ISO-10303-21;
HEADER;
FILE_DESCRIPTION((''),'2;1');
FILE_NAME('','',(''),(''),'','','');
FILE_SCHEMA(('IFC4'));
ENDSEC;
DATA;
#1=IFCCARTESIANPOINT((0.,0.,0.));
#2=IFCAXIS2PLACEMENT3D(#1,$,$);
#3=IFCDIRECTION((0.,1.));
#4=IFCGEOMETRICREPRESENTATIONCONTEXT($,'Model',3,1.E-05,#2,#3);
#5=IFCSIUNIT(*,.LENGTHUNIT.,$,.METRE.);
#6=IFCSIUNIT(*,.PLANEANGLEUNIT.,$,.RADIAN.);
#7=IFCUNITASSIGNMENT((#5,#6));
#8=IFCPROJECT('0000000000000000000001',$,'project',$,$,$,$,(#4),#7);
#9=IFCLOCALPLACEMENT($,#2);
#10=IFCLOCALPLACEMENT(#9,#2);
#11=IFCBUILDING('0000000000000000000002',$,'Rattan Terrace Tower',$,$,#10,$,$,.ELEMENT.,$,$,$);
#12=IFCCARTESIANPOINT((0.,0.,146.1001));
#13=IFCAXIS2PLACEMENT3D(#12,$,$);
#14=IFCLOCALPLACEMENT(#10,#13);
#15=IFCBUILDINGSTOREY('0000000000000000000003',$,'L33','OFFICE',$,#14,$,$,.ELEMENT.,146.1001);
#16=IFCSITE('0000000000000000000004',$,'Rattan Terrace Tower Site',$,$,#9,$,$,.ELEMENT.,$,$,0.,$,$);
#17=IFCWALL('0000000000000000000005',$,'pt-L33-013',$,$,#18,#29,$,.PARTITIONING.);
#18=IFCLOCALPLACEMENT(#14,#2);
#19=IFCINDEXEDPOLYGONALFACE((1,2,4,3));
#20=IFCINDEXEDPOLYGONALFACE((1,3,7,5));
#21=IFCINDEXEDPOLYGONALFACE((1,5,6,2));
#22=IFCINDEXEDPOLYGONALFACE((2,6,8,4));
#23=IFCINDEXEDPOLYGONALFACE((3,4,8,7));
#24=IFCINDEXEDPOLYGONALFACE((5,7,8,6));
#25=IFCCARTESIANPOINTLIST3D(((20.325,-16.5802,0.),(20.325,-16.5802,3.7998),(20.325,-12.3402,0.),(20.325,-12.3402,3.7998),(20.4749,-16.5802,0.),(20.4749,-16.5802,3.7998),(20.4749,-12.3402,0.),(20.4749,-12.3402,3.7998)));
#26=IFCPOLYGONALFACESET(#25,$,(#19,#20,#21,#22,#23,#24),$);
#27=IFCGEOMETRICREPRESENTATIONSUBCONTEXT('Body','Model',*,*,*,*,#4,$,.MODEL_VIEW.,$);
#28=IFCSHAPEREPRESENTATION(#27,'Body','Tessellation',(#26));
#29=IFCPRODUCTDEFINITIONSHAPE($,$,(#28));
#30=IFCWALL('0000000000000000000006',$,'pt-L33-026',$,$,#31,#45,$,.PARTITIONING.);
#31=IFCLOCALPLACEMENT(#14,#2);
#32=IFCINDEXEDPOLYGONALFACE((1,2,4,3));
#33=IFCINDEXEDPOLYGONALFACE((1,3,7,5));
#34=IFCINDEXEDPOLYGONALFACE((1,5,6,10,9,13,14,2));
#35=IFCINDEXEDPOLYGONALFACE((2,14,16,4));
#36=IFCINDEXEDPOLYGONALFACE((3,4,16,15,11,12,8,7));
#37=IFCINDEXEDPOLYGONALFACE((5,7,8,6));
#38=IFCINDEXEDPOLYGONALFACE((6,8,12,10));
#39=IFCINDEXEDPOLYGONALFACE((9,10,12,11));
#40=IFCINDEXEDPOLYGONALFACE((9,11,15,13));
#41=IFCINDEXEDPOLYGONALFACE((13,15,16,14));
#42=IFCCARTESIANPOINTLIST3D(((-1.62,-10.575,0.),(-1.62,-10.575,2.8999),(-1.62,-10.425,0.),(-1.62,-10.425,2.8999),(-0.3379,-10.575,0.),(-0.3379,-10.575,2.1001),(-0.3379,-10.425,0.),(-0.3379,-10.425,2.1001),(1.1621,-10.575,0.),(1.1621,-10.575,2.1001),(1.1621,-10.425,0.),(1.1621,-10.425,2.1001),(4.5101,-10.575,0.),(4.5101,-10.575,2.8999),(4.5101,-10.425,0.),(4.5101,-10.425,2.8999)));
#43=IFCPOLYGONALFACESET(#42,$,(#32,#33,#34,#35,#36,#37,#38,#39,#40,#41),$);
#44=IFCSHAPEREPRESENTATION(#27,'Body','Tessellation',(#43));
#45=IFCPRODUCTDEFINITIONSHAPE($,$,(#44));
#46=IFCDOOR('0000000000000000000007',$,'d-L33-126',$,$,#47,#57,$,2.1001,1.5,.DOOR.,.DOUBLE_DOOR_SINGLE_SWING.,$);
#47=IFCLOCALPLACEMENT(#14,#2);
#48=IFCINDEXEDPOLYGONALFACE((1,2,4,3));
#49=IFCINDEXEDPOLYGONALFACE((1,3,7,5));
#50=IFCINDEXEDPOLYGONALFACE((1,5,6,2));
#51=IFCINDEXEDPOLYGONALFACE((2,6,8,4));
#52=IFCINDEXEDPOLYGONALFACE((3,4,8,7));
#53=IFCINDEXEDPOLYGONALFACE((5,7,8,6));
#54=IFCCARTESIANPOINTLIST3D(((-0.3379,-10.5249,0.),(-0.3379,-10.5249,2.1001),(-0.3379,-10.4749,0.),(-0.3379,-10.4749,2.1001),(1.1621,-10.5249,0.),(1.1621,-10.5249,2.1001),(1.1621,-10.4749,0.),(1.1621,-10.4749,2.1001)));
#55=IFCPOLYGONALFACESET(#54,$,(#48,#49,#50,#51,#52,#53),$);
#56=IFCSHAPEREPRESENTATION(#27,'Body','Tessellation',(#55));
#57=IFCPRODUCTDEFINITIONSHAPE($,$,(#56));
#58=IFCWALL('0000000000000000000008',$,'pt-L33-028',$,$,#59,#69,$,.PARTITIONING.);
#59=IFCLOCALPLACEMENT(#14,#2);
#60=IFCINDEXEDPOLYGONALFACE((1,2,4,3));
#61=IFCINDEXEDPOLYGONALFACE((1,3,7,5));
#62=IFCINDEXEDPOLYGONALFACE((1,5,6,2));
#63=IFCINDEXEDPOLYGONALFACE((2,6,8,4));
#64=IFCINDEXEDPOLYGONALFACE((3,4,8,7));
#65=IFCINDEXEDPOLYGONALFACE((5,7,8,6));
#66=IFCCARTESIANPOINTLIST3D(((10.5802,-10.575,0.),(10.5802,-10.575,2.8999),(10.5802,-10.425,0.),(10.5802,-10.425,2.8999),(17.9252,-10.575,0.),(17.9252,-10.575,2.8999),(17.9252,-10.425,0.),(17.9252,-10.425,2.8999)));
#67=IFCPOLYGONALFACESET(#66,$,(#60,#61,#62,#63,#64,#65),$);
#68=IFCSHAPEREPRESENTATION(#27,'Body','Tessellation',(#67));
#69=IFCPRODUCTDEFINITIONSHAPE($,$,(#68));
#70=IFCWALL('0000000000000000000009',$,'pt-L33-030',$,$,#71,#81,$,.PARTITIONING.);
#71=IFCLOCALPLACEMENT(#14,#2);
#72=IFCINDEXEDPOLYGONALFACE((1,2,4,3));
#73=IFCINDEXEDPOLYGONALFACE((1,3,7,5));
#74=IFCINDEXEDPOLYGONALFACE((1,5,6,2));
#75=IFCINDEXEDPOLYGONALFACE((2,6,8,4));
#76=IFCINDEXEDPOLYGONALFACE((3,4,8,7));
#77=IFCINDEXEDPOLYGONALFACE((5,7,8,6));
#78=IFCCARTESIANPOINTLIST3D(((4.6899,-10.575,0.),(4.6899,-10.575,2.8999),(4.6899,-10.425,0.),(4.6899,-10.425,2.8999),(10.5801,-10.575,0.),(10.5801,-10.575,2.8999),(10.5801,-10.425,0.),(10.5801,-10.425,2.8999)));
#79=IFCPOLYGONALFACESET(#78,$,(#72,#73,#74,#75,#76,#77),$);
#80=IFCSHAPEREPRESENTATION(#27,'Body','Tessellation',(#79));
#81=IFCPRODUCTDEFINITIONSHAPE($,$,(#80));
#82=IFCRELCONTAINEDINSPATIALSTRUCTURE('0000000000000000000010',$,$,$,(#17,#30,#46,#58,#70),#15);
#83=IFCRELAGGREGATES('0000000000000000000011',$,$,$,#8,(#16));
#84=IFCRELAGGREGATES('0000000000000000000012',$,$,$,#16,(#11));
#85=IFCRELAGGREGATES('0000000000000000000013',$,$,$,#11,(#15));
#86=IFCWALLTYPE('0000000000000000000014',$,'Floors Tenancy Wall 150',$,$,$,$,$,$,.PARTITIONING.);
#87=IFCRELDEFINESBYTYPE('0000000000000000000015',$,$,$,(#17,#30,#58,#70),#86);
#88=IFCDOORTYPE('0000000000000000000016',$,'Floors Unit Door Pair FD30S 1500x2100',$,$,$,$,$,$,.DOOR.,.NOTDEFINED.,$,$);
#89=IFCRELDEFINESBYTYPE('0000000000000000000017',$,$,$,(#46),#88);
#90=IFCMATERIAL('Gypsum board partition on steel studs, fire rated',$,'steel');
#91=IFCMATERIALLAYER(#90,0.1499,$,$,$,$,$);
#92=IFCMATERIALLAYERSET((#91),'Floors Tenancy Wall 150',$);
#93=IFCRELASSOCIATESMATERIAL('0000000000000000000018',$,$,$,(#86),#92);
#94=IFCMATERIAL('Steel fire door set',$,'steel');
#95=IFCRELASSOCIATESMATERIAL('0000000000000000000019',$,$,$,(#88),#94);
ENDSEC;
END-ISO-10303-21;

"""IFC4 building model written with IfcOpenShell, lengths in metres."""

from ifc_helpers import new_model, si_unit, direction, frame, frame_2d, origin, place, context, subcontext, project, spatial, rectangle, extrude, material, layer, layer_set, type_object, element, fill, save


model = new_model("IFC4")

# Units and contexts
model_context = context("Model", 3, precision=1e-05, world=origin(), true_north=direction((0.0, 1.0)))
body_context = subcontext(model_context, "Body", "Model", "MODEL_VIEW")
ifc_project = project(units=[si_unit("LENGTHUNIT", "METRE"), si_unit("PLANEANGLEUNIT", "RADIAN")], contexts=[model_context])

# Site, building, storey
site_placement = place(None, origin())
site = spatial("IfcSite", under=ifc_project, at=site_placement, Name="Rattan Terrace Tower Site", CompositionType="ELEMENT", RefElevation=0.0)
building_placement = place(site_placement, origin())
building = spatial("IfcBuilding", under=site, at=building_placement, Name="Rattan Terrace Tower", CompositionType="ELEMENT")
storey_placement = place(building_placement, frame((0.0, 0.0, 146.1001)))
storey = spatial("IfcBuildingStorey", under=building, at=storey_placement, Name="L33", Description="OFFICE", CompositionType="ELEMENT", Elevation=146.1001)

# Wall
ifc_material_1 = material(Name="Gypsum board partition on steel studs, fire rated", Category="steel")
ifc_layer_1 = layer(ifc_material_1, 0.1499)
ifc_layer_set_1 = layer_set([ifc_layer_1], Name="Floors Tenancy Wall 150")
wall_type_1 = type_object("IfcWallType", Name="Floors Tenancy Wall 150", PredefinedType="PARTITIONING", material=ifc_layer_set_1)
wall_1_placement = place(storey_placement, frame((20.3999, -12.3401, 0.0), z_axis=(0.0, 0.0, 1.0), x_axis=(0.0, -1.0, 0.0)))
element("IfcWall", 1, at=wall_1_placement, inside=storey, type_object=wall_type_1, Name="pt-L33-013", PredefinedType="PARTITIONING", context=body_context, shape_type="SweptSolid", body=[
    extrude(rectangle(XDim=4.24, YDim=0.1499, at=frame_2d((2.1201, 0.0))), origin(), (0.0, 0.0, 1.0), 3.7998),
])

# Wall, opening, door
wall_2_placement = place(storey_placement, frame((4.51, -10.5, 0.0), z_axis=(0.0, 0.0, 1.0), x_axis=(-1.0, 0.0, 0.0)))
wall_2 = element("IfcWall", 2, at=wall_2_placement, inside=storey, type_object=wall_type_1, Name="pt-L33-026", PredefinedType="PARTITIONING", context=body_context, shape_type="SweptSolid", body=[
    extrude(rectangle(XDim=6.1301, YDim=0.1499, at=frame_2d((3.0649, 0.0))), origin(), (0.0, 0.0, 1.0), 2.8999),
])
opening_1_placement = place(wall_2_placement, frame((3.3479, 0.0, 0.0)))
opening_1 = element("IfcOpeningElement", 3, at=opening_1_placement, cuts=wall_2, PredefinedType="OPENING", context=body_context, shape_type="SweptSolid", body=[
    extrude(rectangle(XDim=1.5, YDim=2.1001, at=frame_2d((0.75, 1.05))), frame((0.0, 0.0854, 0.0), z_axis=(0.0, -1.0, 0.0), x_axis=(1.0, 0.0, 0.0)), (0.0, 0.0, 1.0), 0.1709),
])
ifc_material_2 = material(Name="Steel fire door set", Category="steel")
door_type_1 = type_object("IfcDoorType", Name="Floors Unit Door Pair FD30S 1500x2100", OperationType="NOTDEFINED", PredefinedType="DOOR", material=ifc_material_2)
door_1_placement = place(opening_1_placement, origin())
door_1 = element("IfcDoor", 4, at=door_1_placement, inside=storey, type_object=door_type_1, Name="d-L33-126", OperationType="DOUBLE_DOOR_SINGLE_SWING", OverallHeight=2.1001, OverallWidth=1.5, PredefinedType="DOOR", context=body_context, shape_type="SweptSolid", body=[
    extrude(rectangle(XDim=1.5, YDim=2.1001, at=frame_2d((0.75, 1.05))), frame((0.0, 0.0249, 0.0), z_axis=(0.0, -1.0, 0.0), x_axis=(1.0, 0.0, 0.0)), (0.0, 0.0, 1.0), 0.05),
])
fill(opening_1, door_1)

# Walls
wall_3_placement = place(storey_placement, frame((17.925, -10.5, 0.0), z_axis=(0.0, 0.0, 1.0), x_axis=(-1.0, 0.0, 0.0)))
element("IfcWall", 5, at=wall_3_placement, inside=storey, type_object=wall_type_1, Name="pt-L33-028", PredefinedType="PARTITIONING", context=body_context, shape_type="SweptSolid", body=[
    extrude(rectangle(XDim=7.345, YDim=0.1499, at=frame_2d((3.6724, 0.0))), origin(), (0.0, 0.0, 1.0), 2.8999),
])
wall_4_placement = place(storey_placement, frame((10.5801, -10.5, 0.0), z_axis=(0.0, 0.0, 1.0), x_axis=(-1.0, 0.0, 0.0)))
element("IfcWall", 6, at=wall_4_placement, inside=storey, type_object=wall_type_1, Name="pt-L33-030", PredefinedType="PARTITIONING", context=body_context, shape_type="SweptSolid", body=[
    extrude(rectangle(XDim=5.8901, YDim=0.1499, at=frame_2d((2.9451, 0.0))), origin(), (0.0, 0.0, 1.0), 2.8999),
])

save(model, "model.ifc")
